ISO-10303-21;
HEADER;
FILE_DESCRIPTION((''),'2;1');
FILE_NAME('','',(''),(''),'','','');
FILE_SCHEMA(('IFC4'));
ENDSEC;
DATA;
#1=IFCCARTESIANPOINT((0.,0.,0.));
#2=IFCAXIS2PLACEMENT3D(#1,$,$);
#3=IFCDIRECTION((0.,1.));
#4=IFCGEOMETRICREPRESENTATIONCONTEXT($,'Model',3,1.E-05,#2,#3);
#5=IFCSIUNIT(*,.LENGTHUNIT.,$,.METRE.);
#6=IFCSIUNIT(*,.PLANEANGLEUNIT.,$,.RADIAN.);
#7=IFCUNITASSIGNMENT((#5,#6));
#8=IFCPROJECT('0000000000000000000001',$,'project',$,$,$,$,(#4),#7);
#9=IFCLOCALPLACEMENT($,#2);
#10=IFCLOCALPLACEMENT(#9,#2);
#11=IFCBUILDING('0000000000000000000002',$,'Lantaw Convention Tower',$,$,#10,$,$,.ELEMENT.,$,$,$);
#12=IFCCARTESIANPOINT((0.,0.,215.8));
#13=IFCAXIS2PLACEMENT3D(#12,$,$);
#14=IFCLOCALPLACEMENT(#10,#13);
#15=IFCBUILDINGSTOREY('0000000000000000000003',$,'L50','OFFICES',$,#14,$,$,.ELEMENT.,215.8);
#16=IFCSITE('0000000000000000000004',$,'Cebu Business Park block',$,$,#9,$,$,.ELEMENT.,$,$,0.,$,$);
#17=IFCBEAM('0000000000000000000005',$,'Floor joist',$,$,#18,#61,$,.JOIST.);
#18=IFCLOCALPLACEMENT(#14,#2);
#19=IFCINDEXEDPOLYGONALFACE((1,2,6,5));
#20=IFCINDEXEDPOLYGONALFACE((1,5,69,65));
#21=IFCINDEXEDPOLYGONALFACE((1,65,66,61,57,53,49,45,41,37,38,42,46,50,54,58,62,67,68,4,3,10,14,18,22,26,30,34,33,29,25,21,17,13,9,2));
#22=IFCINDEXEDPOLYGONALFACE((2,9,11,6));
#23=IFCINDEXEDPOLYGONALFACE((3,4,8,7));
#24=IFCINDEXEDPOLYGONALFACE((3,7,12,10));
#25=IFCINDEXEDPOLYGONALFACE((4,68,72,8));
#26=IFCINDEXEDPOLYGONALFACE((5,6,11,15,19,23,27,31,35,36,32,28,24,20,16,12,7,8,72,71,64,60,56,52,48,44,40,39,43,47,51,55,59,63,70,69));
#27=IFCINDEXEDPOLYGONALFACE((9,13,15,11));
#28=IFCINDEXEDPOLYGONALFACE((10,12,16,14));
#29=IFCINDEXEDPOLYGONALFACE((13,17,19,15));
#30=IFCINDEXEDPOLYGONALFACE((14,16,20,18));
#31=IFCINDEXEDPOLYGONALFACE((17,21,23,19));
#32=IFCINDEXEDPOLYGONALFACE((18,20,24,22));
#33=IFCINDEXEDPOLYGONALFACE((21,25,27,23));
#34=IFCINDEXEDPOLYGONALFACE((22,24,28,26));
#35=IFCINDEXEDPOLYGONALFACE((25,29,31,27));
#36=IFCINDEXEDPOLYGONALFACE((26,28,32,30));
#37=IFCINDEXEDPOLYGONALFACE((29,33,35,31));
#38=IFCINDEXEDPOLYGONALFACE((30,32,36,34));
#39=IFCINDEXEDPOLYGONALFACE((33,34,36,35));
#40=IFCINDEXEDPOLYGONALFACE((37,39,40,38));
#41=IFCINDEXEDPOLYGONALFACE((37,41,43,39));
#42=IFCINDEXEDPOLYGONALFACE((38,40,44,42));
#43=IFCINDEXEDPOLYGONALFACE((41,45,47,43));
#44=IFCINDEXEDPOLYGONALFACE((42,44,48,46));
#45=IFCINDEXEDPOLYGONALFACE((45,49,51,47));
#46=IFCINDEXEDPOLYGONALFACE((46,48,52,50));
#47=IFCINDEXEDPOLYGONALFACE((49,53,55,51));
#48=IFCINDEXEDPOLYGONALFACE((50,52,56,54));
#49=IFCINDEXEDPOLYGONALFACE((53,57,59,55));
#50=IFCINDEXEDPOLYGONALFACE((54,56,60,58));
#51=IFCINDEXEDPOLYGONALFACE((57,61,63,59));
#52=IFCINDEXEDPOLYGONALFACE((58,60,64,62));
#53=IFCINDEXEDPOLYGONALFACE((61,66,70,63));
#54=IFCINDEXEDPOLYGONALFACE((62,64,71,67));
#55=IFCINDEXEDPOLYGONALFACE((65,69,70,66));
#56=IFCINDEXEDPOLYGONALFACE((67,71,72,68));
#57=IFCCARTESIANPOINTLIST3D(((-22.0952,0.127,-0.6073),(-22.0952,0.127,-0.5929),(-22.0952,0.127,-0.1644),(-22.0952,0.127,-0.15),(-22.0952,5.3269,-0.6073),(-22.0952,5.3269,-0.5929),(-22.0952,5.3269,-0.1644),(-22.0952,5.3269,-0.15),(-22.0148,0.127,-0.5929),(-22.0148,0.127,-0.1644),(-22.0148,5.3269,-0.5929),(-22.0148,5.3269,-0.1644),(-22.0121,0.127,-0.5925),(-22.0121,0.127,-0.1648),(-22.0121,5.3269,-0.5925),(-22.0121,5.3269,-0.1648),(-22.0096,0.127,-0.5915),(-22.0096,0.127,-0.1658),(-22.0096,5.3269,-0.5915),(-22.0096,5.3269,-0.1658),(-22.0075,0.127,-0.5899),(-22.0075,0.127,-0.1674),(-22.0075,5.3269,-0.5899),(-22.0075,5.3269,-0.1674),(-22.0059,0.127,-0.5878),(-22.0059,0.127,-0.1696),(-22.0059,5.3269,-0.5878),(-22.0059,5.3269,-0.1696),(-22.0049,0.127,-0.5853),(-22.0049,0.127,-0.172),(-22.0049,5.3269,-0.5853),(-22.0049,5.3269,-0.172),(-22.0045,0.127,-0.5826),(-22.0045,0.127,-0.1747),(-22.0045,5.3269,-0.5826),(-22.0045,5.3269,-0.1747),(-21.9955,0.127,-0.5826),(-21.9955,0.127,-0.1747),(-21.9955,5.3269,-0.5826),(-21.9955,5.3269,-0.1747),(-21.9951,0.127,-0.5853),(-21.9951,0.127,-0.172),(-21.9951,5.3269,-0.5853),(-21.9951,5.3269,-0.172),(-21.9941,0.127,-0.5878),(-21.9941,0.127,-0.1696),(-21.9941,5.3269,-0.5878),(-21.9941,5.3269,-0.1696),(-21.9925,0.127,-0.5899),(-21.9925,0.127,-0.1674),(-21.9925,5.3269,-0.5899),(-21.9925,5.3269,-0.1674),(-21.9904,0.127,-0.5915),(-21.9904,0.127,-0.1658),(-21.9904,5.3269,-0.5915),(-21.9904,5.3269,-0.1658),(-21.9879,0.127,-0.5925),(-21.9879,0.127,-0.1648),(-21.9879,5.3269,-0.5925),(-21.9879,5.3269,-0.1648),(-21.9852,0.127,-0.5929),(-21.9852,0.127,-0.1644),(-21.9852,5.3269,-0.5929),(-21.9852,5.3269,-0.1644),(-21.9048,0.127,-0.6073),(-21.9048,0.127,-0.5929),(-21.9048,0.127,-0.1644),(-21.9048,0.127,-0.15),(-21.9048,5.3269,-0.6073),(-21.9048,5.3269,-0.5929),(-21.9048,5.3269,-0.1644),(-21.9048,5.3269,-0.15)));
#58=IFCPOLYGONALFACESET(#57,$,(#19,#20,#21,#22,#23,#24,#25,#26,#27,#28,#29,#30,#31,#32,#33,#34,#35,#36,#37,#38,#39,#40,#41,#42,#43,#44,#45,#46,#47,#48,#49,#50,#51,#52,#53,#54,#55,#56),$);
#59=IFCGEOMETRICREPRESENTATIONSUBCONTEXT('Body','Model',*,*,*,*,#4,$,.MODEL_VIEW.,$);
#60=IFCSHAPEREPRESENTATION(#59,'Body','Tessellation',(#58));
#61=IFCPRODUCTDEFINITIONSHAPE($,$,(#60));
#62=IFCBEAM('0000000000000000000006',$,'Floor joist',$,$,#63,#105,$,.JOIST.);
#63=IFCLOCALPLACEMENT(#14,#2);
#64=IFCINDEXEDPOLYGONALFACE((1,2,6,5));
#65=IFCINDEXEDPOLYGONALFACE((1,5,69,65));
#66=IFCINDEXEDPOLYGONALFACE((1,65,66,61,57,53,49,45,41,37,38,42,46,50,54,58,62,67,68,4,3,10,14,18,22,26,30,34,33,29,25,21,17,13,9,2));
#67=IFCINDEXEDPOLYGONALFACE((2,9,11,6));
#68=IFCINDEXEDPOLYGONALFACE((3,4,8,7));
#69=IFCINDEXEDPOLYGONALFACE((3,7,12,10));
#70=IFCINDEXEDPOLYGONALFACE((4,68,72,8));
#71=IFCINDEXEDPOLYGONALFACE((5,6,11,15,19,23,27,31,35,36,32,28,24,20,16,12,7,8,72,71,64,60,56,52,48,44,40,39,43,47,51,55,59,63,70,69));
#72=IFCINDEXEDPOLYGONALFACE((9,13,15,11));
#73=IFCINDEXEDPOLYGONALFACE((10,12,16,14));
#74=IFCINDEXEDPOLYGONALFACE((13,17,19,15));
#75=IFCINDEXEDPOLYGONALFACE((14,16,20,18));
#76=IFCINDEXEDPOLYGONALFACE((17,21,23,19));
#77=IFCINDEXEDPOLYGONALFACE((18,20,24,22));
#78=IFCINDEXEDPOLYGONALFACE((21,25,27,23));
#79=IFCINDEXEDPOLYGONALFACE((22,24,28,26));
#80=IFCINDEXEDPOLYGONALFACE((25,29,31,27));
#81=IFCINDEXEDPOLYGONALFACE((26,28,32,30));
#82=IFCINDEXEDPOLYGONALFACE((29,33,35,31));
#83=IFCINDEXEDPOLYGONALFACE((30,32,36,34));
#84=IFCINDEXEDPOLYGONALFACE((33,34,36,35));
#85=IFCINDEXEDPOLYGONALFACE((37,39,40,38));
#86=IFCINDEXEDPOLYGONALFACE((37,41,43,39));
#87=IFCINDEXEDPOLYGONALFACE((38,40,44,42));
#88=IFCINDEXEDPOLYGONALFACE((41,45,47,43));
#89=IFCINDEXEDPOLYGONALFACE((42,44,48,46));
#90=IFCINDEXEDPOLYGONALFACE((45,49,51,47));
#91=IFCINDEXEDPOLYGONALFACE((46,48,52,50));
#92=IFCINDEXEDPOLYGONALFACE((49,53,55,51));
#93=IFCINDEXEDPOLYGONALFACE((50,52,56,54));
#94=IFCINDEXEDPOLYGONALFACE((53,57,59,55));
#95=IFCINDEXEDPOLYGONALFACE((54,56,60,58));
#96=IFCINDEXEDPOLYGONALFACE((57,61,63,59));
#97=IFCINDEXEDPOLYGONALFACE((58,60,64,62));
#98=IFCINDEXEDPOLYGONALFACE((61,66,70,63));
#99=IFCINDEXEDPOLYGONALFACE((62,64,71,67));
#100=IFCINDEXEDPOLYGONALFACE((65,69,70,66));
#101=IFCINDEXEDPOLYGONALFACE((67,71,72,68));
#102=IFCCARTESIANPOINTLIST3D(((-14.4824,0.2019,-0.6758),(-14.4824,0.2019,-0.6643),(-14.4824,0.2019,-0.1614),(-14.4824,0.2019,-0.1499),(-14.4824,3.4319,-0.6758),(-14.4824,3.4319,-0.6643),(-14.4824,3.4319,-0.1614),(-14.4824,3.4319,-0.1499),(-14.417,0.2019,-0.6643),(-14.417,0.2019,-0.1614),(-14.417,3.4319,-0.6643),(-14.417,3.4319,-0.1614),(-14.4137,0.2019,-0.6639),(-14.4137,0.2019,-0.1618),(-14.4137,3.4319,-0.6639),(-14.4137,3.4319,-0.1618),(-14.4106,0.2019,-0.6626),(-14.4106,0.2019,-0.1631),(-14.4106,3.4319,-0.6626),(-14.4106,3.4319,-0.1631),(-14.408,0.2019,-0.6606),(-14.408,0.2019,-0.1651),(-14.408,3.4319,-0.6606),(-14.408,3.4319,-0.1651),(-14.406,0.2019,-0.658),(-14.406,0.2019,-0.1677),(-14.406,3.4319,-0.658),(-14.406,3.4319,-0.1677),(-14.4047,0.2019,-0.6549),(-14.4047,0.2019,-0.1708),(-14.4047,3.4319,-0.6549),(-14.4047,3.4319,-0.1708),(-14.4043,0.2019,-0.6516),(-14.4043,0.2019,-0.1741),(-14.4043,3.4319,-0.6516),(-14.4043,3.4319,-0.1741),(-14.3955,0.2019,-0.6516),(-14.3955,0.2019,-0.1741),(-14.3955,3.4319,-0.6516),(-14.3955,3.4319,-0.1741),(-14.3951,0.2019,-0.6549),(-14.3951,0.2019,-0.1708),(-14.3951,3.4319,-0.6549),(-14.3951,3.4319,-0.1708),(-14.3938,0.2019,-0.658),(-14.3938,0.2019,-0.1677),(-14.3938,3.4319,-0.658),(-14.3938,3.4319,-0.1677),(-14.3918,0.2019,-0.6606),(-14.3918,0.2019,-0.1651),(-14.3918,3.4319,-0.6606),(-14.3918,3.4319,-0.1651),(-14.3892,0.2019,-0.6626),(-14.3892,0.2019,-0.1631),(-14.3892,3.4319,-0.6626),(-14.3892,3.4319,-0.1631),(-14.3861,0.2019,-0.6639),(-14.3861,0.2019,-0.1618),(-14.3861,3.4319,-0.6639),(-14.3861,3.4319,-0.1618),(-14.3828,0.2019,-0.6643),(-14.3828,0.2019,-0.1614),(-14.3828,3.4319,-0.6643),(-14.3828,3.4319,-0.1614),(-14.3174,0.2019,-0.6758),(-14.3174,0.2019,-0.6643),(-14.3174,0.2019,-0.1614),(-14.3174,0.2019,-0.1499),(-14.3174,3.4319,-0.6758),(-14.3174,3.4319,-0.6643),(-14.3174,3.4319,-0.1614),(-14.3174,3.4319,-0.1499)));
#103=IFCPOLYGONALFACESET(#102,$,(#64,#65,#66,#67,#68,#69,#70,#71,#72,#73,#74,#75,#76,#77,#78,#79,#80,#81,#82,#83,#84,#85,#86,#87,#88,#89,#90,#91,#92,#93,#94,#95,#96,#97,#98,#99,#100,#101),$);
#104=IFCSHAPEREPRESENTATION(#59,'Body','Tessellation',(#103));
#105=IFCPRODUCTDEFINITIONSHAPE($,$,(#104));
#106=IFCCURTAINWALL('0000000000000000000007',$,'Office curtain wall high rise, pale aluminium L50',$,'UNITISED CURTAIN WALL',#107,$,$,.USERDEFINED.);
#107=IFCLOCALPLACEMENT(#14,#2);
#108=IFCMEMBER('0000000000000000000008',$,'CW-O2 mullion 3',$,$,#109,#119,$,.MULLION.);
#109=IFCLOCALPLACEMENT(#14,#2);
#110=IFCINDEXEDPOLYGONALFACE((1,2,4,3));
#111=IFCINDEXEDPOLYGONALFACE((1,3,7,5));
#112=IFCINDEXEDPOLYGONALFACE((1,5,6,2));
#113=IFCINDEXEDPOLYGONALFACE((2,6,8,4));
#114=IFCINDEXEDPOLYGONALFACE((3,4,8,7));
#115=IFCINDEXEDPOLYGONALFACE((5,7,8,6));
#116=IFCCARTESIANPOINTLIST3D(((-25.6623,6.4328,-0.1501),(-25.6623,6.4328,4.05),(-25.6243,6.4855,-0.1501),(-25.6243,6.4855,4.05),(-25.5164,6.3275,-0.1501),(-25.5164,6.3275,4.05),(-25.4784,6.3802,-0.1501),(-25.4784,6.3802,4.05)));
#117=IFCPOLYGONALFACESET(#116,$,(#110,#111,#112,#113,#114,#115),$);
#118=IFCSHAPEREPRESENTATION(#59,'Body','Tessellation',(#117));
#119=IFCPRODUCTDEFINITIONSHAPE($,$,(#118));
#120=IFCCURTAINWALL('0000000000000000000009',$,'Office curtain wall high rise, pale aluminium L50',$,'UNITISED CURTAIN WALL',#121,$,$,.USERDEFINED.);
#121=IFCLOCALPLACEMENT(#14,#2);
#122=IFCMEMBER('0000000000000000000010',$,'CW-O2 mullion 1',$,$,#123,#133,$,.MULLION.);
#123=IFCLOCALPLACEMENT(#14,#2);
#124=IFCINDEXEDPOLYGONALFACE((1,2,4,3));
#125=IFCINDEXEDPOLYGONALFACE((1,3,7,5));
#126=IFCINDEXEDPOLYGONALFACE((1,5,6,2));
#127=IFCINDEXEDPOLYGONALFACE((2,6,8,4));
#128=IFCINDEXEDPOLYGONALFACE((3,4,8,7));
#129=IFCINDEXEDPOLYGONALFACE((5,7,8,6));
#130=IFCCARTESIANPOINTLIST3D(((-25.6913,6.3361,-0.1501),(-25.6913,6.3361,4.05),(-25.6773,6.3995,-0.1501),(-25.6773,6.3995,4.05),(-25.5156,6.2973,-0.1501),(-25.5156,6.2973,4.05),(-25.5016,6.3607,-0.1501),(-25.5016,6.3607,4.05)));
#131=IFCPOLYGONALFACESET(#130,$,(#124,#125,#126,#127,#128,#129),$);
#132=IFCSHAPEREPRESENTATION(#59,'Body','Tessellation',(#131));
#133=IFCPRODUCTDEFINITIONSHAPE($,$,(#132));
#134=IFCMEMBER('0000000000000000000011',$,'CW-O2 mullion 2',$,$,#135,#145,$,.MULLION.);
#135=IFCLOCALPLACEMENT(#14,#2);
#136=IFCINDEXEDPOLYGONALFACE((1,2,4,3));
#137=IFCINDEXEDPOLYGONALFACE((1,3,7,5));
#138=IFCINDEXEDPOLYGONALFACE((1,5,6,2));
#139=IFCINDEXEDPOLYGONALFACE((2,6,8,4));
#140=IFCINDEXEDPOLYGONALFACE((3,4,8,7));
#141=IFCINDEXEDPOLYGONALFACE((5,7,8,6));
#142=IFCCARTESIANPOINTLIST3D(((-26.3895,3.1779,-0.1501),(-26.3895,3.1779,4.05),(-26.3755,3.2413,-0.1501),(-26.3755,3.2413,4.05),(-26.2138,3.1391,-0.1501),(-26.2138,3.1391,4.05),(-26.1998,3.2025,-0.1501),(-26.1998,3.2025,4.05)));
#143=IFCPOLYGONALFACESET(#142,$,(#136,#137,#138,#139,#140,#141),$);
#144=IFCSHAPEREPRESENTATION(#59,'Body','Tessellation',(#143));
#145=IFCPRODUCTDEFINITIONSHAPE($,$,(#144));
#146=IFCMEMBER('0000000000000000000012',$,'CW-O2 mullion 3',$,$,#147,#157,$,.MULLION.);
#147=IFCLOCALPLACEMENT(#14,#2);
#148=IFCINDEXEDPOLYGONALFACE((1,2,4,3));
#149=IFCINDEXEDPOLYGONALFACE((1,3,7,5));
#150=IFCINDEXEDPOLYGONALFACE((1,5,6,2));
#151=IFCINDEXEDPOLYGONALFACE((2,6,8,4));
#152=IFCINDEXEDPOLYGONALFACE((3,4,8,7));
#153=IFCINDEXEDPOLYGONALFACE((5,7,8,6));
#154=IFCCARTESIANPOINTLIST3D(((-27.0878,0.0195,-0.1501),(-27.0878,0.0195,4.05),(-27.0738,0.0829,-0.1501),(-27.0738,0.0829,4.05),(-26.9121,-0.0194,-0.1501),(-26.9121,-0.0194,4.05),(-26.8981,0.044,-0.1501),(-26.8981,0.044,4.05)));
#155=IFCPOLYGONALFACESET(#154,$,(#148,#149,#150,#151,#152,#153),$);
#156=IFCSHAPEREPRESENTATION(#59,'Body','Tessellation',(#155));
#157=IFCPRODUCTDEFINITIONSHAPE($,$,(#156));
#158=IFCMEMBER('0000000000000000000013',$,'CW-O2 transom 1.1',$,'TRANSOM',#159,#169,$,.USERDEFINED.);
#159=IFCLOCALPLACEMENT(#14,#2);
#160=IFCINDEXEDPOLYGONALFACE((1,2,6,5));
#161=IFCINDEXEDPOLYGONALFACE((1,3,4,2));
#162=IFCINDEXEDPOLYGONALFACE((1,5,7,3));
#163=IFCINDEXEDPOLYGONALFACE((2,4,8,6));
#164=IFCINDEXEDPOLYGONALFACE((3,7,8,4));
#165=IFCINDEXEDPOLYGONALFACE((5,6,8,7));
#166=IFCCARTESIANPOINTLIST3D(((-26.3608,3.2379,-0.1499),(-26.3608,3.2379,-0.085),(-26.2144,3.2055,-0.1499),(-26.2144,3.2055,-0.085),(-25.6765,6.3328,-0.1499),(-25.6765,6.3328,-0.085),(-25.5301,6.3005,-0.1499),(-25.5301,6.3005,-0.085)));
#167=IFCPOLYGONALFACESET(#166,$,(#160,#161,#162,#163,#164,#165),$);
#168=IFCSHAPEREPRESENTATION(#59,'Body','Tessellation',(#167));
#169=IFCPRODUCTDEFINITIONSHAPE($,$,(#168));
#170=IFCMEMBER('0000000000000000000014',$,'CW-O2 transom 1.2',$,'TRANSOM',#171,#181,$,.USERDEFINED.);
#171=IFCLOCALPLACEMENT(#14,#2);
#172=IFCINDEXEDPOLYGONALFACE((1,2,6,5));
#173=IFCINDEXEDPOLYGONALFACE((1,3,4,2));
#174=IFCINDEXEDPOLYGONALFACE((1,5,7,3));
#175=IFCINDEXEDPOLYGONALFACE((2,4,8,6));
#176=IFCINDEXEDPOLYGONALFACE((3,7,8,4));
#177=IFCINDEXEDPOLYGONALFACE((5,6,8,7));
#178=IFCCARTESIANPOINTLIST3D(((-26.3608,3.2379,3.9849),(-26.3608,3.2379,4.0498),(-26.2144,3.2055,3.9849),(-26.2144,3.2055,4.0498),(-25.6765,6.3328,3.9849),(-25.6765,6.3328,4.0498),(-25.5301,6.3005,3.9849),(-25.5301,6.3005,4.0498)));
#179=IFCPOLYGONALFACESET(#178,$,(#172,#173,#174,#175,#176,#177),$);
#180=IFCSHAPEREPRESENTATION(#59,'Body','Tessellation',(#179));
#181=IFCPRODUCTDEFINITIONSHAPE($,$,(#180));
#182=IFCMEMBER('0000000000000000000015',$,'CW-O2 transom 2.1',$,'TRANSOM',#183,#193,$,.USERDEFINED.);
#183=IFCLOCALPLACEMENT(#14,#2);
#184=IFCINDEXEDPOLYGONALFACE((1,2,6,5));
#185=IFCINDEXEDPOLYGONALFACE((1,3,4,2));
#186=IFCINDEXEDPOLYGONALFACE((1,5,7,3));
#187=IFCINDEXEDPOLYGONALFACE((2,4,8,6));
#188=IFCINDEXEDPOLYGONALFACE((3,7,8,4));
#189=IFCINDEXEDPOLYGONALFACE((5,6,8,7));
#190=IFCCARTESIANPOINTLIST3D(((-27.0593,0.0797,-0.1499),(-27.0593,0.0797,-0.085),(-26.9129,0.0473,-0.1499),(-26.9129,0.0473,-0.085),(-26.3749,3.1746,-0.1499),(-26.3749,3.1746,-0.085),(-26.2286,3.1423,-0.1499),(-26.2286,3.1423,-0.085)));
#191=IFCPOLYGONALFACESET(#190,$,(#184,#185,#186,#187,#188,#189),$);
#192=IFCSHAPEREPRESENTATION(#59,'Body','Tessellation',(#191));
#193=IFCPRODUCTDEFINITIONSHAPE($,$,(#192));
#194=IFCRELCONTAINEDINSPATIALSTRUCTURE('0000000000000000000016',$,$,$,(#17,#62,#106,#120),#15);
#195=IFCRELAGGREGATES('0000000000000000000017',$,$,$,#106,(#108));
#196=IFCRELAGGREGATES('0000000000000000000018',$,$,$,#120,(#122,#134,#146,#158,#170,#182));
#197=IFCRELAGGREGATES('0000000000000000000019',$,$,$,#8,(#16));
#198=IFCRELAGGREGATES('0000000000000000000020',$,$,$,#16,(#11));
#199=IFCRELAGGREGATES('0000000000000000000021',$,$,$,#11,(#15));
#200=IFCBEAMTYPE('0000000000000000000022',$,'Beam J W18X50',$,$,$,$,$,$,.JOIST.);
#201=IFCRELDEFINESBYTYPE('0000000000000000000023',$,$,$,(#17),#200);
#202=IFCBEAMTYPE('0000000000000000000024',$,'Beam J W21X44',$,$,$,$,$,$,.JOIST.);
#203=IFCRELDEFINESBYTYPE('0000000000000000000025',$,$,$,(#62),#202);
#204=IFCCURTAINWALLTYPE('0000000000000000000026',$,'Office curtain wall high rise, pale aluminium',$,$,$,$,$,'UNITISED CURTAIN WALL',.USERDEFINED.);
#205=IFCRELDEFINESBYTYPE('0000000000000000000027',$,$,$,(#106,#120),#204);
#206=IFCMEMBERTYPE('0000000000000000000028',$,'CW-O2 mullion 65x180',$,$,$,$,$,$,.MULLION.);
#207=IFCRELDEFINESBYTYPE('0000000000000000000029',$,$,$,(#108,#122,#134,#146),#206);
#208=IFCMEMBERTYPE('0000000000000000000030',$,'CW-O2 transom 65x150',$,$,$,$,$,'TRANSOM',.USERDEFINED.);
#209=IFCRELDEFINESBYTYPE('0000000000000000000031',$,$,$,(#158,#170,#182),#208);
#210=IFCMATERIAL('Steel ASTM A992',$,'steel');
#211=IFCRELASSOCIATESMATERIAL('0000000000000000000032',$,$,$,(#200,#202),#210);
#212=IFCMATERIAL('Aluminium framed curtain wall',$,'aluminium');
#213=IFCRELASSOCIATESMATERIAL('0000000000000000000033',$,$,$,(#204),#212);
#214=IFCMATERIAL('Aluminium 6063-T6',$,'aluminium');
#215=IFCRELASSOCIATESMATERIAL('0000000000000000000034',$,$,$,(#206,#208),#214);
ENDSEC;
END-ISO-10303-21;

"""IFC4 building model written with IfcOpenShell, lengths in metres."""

from ifc_helpers import new_model, si_unit, direction, frame, origin, origin_2d, place, context, subcontext, project, spatial, rectangle, i_section, extrude, material, material_profile, profile_set, type_object, element, aggregate, save


model = new_model("IFC4")

# Units and contexts
model_context = context("Model", 3, precision=1e-05, world=origin(), true_north=direction((0.0, 1.0)))
body_context = subcontext(model_context, "Body", "Model", "MODEL_VIEW")
ifc_project = project(units=[si_unit("LENGTHUNIT", "METRE"), si_unit("PLANEANGLEUNIT", "RADIAN")], contexts=[model_context])

# Site, building, storey
site_placement = place(None, origin())
site = spatial("IfcSite", under=ifc_project, at=site_placement, Name="Cebu Business Park block", CompositionType="ELEMENT", RefElevation=0.0)
building_placement = place(site_placement, origin())
building = spatial("IfcBuilding", under=site, at=building_placement, Name="Lantaw Convention Tower", CompositionType="ELEMENT")
storey_placement = place(building_placement, frame((0.0, 0.0, 215.8)))
storey = spatial("IfcBuildingStorey", under=building, at=storey_placement, Name="L50", Description="OFFICES", CompositionType="ELEMENT", Elevation=215.8)

# Beams
ifc_material_1 = material(Name="Steel ASTM A992", Category="steel")
ifc_material_profile_1 = material_profile(ifc_material_1, i_section(OverallWidth=0.1904, OverallDepth=0.4573, WebThickness=0.009, FlangeThickness=0.0144, FilletRadius=0.0103, at=origin_2d()), Name="W18X50")
ifc_profile_set_1 = profile_set([ifc_material_profile_1], Name="Steel ASTM A992")
beam_type_1 = type_object("IfcBeamType", Name="Beam J W18X50", PredefinedType="JOIST", material=ifc_profile_set_1)
beam_1_placement = place(storey_placement, frame((-22.0, 0.127, -0.3787), z_axis=(0.0, 1.0, 0.0), x_axis=(-1.0, 0.0, 0.0)))
element("IfcBeam", 1, at=beam_1_placement, inside=storey, type_object=beam_type_1, Name="Floor joist", PredefinedType="JOIST", context=body_context, shape_type="SweptSolid", body=[
    extrude(i_section(OverallWidth=0.1904, OverallDepth=0.4573, WebThickness=0.009, FlangeThickness=0.0144, FilletRadius=0.0103, at=origin_2d()), origin(), (0.0, 0.0, 1.0), 5.2),
])
ifc_material_profile_2 = material_profile(ifc_material_1, i_section(OverallWidth=0.165, OverallDepth=0.5259, WebThickness=0.0088, FlangeThickness=0.0115, FilletRadius=0.0127, at=origin_2d()), Name="W21X44")
ifc_profile_set_2 = profile_set([ifc_material_profile_2], Name="Steel ASTM A992")
beam_type_2 = type_object("IfcBeamType", Name="Beam J W21X44", PredefinedType="JOIST", material=ifc_profile_set_2)
beam_2_placement = place(storey_placement, frame((-14.3999, 0.2019, -0.4128), z_axis=(0.0, 1.0, 0.0), x_axis=(-1.0, 0.0, 0.0)))
element("IfcBeam", 2, at=beam_2_placement, inside=storey, type_object=beam_type_2, Name="Floor joist", PredefinedType="JOIST", context=body_context, shape_type="SweptSolid", body=[
    extrude(i_section(OverallWidth=0.165, OverallDepth=0.5259, WebThickness=0.0088, FlangeThickness=0.0115, FilletRadius=0.0127, at=origin_2d()), origin(), (0.0, 0.0, 1.0), 3.23),
])

# Curtain wall, member
ifc_material_2 = material(Name="Aluminium framed curtain wall", Category="aluminium")
curtain_wall_type = type_object("IfcCurtainWallType", Name="Office curtain wall high rise, pale aluminium", ElementType="UNITISED CURTAIN WALL", PredefinedType="USERDEFINED", material=ifc_material_2)
curtain_wall_1_placement = place(storey_placement, origin())
curtain_wall_1 = element("IfcCurtainWall", 3, at=curtain_wall_1_placement, inside=storey, type_object=curtain_wall_type, Name="Office curtain wall high rise, pale aluminium L50", ObjectType="UNITISED CURTAIN WALL", PredefinedType="USERDEFINED")
ifc_material_3 = material(Name="Aluminium 6063-T6", Category="aluminium")
ifc_material_profile_3 = material_profile(ifc_material_3, rectangle(XDim=0.1799, YDim=0.0649, at=origin_2d()), Name="CW-O2 mullion 65x180")
ifc_profile_set_3 = profile_set([ifc_material_profile_3], Name="Aluminium 6063-T6")
member_type_1 = type_object("IfcMemberType", Name="CW-O2 mullion 65x180", PredefinedType="MULLION", material=ifc_profile_set_3)
member_1_placement = place(storey_placement, frame((-25.5703, 6.4065, -0.1501), z_axis=(0.0, 0.0, 1.0), x_axis=(0.81092, -0.585158, 0.0)))
member_1 = element("IfcMember", 4, at=member_1_placement, type_object=member_type_1, Name="CW-O2 mullion 3", PredefinedType="MULLION", context=body_context, shape_type="SweptSolid", body=[
    extrude(rectangle(XDim=0.1799, YDim=0.0649, at=origin_2d()), origin(), (0.0, 0.0, 1.0), 4.2002),
])

# Curtain wall, members
curtain_wall_2_placement = place(storey_placement, origin())
curtain_wall_2 = element("IfcCurtainWall", 5, at=curtain_wall_2_placement, inside=storey, type_object=curtain_wall_type, Name="Office curtain wall high rise, pale aluminium L50", ObjectType="UNITISED CURTAIN WALL", PredefinedType="USERDEFINED")
member_2_placement = place(storey_placement, frame((-25.5964, 6.3484, -0.1501), z_axis=(0.0, 0.0, 1.0), x_axis=(0.976417, -0.215891, 0.0)))
member_2 = element("IfcMember", 6, at=member_2_placement, type_object=member_type_1, Name="CW-O2 mullion 1", PredefinedType="MULLION", context=body_context, shape_type="SweptSolid", body=[
    extrude(rectangle(XDim=0.1799, YDim=0.0649, at=origin_2d()), origin(), (0.0, 0.0, 1.0), 4.2002),
])
member_3_placement = place(storey_placement, frame((-26.2947, 3.1902, -0.1501), z_axis=(0.0, 0.0, 1.0), x_axis=(0.976417, -0.215891, 0.0)))
member_3 = element("IfcMember", 7, at=member_3_placement, type_object=member_type_1, Name="CW-O2 mullion 2", PredefinedType="MULLION", context=body_context, shape_type="SweptSolid", body=[
    extrude(rectangle(XDim=0.1799, YDim=0.0649, at=origin_2d()), origin(), (0.0, 0.0, 1.0), 4.2002),
])
member_4_placement = place(storey_placement, frame((-26.9929, 0.0317, -0.1501), z_axis=(0.0, 0.0, 1.0), x_axis=(0.976417, -0.215891, 0.0)))
member_4 = element("IfcMember", 8, at=member_4_placement, type_object=member_type_1, Name="CW-O2 mullion 3", PredefinedType="MULLION", context=body_context, shape_type="SweptSolid", body=[
    extrude(rectangle(XDim=0.1799, YDim=0.0649, at=origin_2d()), origin(), (0.0, 0.0, 1.0), 4.2002),
])
ifc_material_profile_4 = material_profile(ifc_material_3, rectangle(XDim=0.1499, YDim=0.0649, at=origin_2d()), Name="CW-O2 transom 65x150")
ifc_profile_set_4 = profile_set([ifc_material_profile_4], Name="Aluminium 6063-T6")
member_type_2 = type_object("IfcMemberType", Name="CW-O2 transom 65x150", ElementType="TRANSOM", PredefinedType="USERDEFINED", material=ifc_profile_set_4)
member_5_placement = place(storey_placement, frame((-25.6033, 6.3167, -0.1174), z_axis=(-0.215895, -0.976417, 0.0), x_axis=(0.976417, -0.215895, 0.0)))
member_5 = element("IfcMember", 9, at=member_5_placement, type_object=member_type_2, Name="CW-O2 transom 1.1", ObjectType="TRANSOM", PredefinedType="USERDEFINED", context=body_context, shape_type="SweptSolid", body=[
    extrude(rectangle(XDim=0.1499, YDim=0.0649, at=origin_2d()), origin(), (0.0, 0.0, 1.0), 3.1697),
])
member_6_placement = place(storey_placement, frame((-25.6033, 6.3167, 4.0173), z_axis=(-0.215895, -0.976417, 0.0), x_axis=(0.976417, -0.215895, 0.0)))
member_6 = element("IfcMember", 10, at=member_6_placement, type_object=member_type_2, Name="CW-O2 transom 1.2", ObjectType="TRANSOM", PredefinedType="USERDEFINED", context=body_context, shape_type="SweptSolid", body=[
    extrude(rectangle(XDim=0.1499, YDim=0.0649, at=origin_2d()), origin(), (0.0, 0.0, 1.0), 3.1697),
])
member_7_placement = place(storey_placement, frame((-26.3018, 3.1584, -0.1174), z_axis=(-0.215895, -0.976417, 0.0), x_axis=(0.976417, -0.215895, 0.0)))
member_7 = element("IfcMember", 11, at=member_7_placement, type_object=member_type_2, Name="CW-O2 transom 2.1", ObjectType="TRANSOM", PredefinedType="USERDEFINED", context=body_context, shape_type="SweptSolid", body=[
    extrude(rectangle(XDim=0.1499, YDim=0.0649, at=origin_2d()), origin(), (0.0, 0.0, 1.0), 3.1697),
])

aggregate(curtain_wall_1, [member_1])
aggregate(curtain_wall_2, [member_2, member_3, member_4, member_5, member_6, member_7])

save(model, "model.ifc")
